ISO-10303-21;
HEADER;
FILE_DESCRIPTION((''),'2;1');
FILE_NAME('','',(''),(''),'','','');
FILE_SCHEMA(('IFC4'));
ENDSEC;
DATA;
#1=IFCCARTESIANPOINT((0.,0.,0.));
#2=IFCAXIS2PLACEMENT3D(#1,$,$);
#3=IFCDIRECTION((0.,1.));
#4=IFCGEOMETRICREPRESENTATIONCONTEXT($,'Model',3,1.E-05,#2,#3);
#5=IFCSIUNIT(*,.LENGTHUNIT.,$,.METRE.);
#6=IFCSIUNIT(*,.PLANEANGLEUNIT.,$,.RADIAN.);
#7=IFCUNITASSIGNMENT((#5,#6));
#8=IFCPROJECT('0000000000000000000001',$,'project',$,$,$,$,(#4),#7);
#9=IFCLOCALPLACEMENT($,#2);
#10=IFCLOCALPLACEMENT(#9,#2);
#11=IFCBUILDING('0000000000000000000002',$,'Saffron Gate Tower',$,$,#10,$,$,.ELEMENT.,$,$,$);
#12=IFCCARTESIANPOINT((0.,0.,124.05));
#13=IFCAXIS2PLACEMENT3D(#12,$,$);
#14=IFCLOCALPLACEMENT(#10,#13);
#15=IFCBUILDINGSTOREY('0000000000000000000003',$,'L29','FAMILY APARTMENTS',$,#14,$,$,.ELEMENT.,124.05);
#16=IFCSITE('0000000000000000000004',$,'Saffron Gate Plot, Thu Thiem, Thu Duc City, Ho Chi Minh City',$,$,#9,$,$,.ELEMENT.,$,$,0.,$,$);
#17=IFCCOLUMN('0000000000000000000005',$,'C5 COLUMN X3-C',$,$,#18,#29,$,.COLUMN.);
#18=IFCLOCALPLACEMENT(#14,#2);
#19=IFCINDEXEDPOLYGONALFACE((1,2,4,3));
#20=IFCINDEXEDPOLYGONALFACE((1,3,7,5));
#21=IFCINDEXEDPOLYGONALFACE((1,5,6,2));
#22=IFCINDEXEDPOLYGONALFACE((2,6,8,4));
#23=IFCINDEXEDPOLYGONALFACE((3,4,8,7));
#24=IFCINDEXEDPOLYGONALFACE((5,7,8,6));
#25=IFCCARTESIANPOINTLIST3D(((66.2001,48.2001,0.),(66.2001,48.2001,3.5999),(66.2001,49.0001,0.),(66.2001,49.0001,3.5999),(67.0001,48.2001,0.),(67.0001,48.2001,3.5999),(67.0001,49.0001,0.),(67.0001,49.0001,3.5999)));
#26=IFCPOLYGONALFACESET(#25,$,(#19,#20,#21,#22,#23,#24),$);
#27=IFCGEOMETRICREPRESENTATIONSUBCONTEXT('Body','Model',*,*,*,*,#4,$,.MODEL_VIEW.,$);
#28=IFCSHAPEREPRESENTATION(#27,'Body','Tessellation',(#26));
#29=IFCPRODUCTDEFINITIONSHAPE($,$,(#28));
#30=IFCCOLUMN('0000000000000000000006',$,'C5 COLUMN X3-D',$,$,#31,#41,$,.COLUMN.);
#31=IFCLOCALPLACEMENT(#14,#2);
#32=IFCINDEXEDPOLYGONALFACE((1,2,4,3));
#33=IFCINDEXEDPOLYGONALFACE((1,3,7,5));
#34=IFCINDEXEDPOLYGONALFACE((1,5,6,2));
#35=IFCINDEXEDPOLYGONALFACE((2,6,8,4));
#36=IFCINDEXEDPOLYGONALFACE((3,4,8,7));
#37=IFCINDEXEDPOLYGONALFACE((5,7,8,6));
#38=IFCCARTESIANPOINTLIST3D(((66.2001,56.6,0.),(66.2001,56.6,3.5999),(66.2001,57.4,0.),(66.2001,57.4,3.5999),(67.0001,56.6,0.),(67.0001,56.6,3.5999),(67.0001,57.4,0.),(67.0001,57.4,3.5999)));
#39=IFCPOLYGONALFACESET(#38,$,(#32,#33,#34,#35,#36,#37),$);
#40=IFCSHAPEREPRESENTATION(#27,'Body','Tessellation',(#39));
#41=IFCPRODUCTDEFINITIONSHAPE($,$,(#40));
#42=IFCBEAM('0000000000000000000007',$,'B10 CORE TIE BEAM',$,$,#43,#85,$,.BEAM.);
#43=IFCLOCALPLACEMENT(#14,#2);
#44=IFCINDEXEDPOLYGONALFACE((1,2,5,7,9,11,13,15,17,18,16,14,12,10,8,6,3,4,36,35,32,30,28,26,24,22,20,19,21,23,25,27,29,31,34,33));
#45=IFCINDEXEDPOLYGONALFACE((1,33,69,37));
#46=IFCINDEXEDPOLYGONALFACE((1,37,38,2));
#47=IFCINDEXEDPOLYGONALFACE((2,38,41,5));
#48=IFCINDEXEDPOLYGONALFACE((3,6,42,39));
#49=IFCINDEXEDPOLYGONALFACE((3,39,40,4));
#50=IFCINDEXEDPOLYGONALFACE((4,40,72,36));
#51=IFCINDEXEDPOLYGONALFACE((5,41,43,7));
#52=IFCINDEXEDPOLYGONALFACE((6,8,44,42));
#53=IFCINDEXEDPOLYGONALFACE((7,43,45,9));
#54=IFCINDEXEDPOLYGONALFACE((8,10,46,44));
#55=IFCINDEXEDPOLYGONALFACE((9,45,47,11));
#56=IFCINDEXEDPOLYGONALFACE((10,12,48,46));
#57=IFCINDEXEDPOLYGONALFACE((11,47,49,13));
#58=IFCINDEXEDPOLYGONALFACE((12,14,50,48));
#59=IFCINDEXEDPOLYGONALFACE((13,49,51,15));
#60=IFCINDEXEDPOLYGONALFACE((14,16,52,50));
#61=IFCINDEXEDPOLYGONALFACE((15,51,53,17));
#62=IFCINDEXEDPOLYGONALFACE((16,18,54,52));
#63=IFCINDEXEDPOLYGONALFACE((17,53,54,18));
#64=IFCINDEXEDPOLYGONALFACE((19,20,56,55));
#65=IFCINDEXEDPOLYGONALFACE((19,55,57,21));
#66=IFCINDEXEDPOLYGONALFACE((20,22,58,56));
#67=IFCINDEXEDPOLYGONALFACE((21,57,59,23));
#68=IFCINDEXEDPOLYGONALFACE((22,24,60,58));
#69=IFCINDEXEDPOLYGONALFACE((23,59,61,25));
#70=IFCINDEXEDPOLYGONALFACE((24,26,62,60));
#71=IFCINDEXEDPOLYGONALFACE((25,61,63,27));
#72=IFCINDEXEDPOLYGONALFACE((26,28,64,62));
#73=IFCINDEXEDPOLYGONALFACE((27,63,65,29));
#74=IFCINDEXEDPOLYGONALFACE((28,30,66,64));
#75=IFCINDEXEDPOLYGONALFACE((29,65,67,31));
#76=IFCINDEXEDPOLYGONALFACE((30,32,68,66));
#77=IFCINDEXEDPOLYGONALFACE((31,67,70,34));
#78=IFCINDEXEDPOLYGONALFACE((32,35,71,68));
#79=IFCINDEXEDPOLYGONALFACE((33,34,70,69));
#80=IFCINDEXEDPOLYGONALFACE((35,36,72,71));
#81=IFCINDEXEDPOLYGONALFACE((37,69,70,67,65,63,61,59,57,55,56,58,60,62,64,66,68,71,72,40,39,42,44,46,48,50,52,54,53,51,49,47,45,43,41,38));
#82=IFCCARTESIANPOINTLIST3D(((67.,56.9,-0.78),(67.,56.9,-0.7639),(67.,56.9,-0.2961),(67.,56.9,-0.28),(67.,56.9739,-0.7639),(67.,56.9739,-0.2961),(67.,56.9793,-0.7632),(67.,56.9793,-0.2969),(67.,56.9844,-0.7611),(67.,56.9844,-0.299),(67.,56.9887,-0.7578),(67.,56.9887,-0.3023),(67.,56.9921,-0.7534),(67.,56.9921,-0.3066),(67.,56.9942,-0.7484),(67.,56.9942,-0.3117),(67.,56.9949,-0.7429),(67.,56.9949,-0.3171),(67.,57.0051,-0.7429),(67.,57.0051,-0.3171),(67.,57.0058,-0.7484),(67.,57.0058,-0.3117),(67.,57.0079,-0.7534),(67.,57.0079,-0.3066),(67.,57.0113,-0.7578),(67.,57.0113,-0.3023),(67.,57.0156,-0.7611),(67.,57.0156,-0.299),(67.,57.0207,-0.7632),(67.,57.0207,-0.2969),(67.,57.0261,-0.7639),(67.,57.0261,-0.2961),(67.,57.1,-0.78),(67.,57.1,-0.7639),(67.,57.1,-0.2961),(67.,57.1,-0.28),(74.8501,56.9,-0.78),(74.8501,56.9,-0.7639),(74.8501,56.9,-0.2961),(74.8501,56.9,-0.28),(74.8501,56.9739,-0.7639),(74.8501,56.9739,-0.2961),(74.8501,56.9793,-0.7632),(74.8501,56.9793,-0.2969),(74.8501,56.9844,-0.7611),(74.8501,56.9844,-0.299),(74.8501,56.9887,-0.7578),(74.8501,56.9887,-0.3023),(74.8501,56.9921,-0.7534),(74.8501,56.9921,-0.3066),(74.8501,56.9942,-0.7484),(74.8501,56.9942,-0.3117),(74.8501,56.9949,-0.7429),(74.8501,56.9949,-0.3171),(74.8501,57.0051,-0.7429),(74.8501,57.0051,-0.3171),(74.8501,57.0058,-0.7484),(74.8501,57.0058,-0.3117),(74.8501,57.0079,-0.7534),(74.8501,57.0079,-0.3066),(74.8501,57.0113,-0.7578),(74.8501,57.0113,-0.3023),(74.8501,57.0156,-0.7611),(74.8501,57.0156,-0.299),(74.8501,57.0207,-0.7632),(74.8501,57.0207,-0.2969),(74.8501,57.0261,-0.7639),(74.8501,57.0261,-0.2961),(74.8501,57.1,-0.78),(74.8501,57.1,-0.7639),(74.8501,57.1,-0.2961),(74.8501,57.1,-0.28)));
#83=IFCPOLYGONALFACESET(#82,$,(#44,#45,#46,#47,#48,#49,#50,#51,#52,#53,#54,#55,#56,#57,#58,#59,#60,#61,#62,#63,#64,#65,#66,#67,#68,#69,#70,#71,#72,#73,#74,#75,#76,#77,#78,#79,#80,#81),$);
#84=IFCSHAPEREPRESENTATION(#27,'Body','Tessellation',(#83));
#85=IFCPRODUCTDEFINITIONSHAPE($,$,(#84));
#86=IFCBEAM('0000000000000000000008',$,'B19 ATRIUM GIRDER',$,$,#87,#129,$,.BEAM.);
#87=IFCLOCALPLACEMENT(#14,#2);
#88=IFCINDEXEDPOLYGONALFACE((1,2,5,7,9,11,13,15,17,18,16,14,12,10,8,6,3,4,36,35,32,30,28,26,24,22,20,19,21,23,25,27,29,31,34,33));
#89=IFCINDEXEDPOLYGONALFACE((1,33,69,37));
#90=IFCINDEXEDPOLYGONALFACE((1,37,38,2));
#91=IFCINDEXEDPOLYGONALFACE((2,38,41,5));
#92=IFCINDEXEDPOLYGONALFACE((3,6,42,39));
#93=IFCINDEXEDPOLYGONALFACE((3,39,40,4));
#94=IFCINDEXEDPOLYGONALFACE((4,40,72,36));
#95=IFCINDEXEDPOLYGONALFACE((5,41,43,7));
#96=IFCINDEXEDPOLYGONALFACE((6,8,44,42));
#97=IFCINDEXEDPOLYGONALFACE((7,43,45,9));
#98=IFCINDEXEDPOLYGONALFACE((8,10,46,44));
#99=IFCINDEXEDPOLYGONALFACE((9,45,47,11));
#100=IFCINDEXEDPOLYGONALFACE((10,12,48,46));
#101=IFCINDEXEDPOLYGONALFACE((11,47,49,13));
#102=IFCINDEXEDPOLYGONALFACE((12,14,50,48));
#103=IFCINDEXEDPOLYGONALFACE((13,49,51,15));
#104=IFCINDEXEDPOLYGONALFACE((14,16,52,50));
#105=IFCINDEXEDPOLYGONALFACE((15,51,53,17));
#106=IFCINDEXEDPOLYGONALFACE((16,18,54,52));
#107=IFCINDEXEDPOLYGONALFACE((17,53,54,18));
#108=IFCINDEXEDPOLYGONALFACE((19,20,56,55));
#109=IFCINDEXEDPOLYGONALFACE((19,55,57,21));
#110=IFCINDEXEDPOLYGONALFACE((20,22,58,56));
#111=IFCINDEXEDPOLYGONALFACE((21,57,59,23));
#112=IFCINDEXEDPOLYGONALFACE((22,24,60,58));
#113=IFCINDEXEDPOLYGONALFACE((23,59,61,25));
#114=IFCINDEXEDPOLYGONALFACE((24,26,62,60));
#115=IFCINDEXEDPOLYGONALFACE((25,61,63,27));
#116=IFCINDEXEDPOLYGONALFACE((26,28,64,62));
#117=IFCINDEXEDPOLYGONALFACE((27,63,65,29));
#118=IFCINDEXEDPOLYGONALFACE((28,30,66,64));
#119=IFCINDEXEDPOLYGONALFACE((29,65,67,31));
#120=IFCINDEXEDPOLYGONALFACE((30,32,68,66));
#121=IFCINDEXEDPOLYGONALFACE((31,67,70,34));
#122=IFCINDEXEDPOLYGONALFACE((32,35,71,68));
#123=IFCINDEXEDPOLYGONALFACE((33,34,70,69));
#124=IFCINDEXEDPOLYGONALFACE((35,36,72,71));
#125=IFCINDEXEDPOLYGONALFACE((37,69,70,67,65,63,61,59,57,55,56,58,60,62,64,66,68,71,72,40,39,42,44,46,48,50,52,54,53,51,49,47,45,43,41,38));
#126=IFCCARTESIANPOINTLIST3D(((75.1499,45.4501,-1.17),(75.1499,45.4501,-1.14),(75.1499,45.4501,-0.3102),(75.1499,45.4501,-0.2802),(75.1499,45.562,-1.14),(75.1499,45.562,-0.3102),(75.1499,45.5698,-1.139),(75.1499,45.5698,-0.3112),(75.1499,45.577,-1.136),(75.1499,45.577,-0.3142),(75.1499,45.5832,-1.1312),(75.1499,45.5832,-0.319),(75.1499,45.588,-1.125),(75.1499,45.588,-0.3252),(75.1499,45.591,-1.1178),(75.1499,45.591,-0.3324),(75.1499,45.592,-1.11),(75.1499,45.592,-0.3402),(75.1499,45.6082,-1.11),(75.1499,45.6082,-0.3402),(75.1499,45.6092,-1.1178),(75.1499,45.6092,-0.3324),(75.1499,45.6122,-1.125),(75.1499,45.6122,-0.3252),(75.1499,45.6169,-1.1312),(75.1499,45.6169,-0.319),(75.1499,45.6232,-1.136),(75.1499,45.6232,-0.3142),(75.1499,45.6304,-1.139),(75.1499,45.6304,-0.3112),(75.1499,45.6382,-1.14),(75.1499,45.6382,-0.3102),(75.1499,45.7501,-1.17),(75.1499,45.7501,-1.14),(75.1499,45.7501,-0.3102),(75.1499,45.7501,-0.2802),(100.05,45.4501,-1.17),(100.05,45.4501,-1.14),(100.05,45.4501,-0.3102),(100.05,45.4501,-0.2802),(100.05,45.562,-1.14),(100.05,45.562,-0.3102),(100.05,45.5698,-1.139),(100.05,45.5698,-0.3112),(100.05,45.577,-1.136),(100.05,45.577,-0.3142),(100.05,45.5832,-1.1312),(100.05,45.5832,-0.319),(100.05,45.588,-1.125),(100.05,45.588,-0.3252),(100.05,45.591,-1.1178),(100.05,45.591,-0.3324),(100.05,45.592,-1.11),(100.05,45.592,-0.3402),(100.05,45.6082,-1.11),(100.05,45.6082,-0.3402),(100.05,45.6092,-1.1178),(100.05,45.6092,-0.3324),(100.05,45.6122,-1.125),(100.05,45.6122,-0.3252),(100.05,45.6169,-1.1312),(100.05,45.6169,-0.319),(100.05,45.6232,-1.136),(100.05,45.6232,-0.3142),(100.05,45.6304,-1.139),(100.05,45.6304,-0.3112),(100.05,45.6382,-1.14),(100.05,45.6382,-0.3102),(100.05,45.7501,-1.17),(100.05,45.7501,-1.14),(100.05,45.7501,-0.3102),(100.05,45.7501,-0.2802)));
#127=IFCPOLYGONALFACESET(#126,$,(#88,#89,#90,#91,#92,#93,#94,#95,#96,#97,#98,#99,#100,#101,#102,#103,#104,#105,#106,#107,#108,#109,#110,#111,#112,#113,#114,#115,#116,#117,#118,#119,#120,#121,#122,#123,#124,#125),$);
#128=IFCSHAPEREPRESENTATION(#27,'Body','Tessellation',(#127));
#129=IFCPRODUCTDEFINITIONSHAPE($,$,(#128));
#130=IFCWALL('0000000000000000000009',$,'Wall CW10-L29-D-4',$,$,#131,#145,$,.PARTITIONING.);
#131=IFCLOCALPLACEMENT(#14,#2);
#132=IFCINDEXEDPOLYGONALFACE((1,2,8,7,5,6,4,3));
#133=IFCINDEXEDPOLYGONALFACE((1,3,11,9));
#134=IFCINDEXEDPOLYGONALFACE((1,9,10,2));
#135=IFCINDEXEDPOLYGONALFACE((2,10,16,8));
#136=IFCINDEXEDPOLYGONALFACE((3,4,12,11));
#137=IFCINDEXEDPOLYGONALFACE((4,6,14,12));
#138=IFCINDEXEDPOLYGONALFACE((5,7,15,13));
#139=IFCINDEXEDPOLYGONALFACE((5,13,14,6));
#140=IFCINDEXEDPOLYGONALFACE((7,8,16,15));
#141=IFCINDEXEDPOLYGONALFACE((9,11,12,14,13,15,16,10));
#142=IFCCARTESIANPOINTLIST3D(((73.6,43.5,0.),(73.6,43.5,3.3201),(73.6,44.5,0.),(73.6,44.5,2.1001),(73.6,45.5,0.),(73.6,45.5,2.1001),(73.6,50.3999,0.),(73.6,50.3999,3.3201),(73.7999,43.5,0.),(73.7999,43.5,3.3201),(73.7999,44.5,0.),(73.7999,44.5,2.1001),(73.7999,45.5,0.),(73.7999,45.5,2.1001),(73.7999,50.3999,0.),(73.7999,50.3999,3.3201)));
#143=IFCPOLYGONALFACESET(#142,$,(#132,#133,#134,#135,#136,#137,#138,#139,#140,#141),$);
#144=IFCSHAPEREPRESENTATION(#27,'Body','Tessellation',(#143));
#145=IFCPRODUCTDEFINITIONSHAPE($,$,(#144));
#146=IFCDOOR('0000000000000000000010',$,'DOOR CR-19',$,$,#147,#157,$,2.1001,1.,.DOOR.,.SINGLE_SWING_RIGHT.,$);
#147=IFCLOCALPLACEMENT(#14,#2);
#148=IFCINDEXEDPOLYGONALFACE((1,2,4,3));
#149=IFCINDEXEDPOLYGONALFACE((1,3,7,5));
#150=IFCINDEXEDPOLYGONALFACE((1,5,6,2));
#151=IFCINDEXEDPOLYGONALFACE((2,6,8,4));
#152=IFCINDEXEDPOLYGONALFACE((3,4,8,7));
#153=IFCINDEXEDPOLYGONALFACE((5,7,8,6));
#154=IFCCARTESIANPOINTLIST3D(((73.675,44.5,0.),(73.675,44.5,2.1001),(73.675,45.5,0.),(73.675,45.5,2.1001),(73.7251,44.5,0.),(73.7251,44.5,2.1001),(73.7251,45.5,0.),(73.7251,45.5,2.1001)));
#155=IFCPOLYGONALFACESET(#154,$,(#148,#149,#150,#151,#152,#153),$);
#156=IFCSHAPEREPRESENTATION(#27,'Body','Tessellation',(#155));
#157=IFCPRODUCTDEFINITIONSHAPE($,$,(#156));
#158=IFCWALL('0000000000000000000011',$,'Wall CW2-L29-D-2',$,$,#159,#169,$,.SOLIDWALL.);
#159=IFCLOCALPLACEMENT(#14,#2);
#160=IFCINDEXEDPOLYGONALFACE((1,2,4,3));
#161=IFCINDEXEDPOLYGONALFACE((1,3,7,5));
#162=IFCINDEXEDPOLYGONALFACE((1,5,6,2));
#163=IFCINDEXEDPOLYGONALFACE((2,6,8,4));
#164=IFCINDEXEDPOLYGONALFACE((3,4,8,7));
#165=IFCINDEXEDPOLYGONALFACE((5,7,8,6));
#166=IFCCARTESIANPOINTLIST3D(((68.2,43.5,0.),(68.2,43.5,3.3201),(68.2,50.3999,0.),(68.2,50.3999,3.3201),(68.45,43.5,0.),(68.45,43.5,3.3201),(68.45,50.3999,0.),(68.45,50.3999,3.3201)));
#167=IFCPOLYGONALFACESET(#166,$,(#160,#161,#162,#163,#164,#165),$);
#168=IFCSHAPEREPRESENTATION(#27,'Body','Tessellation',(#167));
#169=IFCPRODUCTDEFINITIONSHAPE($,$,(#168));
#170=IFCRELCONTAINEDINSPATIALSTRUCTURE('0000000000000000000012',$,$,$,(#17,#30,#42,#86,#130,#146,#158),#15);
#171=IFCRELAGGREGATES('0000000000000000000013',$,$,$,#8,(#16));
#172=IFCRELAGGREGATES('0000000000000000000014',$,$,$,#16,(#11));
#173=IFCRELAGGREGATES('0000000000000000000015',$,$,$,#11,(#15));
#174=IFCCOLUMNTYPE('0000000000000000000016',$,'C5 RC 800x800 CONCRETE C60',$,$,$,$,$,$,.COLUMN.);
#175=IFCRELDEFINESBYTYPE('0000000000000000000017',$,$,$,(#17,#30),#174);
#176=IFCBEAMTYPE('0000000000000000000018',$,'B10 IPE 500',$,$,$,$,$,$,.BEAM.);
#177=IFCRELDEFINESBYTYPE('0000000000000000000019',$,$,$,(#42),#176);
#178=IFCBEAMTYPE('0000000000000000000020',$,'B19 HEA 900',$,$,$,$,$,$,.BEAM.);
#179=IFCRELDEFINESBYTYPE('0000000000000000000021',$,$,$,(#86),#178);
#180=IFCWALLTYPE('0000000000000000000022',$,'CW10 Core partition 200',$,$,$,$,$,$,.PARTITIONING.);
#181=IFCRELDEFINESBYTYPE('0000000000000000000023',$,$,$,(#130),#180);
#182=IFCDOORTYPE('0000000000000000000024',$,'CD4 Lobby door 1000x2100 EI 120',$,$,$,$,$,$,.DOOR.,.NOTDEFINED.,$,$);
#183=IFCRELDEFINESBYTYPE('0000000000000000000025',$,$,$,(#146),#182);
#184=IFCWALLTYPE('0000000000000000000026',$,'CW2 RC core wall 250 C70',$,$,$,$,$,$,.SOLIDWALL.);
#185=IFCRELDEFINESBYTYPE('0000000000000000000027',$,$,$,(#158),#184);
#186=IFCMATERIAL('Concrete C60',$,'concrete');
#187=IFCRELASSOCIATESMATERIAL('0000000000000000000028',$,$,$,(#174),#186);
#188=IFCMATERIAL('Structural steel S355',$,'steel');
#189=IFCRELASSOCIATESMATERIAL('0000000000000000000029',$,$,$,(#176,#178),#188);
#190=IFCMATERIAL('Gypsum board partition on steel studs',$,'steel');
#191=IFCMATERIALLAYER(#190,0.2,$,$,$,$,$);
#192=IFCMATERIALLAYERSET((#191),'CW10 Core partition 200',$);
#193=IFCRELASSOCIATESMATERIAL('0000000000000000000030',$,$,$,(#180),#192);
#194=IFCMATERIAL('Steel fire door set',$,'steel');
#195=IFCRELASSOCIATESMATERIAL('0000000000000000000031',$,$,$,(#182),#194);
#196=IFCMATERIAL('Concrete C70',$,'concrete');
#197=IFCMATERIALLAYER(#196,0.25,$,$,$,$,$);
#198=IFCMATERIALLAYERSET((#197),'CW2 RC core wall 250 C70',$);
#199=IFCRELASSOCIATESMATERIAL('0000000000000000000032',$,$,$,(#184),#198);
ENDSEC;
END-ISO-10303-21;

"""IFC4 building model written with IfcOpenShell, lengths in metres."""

from ifc_helpers import new_model, si_unit, direction, frame, frame_2d, origin, origin_2d, place, context, subcontext, project, spatial, rectangle, i_section, extrude, material, layer, layer_set, material_profile, profile_set, type_object, element, fill, save


model = new_model("IFC4")

# Units and contexts
model_context = context("Model", 3, precision=1e-05, world=origin(), true_north=direction((0.0, 1.0)))
body_context = subcontext(model_context, "Body", "Model", "MODEL_VIEW")
ifc_project = project(units=[si_unit("LENGTHUNIT", "METRE"), si_unit("PLANEANGLEUNIT", "RADIAN")], contexts=[model_context])

# Site, building, storey
site_placement = place(None, origin())
site = spatial("IfcSite", under=ifc_project, at=site_placement, Name="Saffron Gate Plot, Thu Thiem, Thu Duc City, Ho Chi Minh City", CompositionType="ELEMENT", RefElevation=0.0)
building_placement = place(site_placement, origin())
building = spatial("IfcBuilding", under=site, at=building_placement, Name="Saffron Gate Tower", CompositionType="ELEMENT")
storey_placement = place(building_placement, frame((0.0, 0.0, 124.05)))
storey = spatial("IfcBuildingStorey", under=building, at=storey_placement, Name="L29", Description="FAMILY APARTMENTS", CompositionType="ELEMENT", Elevation=124.05)

# Columns
ifc_material_1 = material(Name="Concrete C60", Category="concrete")
ifc_material_profile_1 = material_profile(ifc_material_1, rectangle(XDim=0.8, YDim=0.8, at=origin_2d()))
ifc_profile_set_1 = profile_set([ifc_material_profile_1], Name="Concrete C60")
column_type = type_object("IfcColumnType", Name="C5 RC 800x800 CONCRETE C60", PredefinedType="COLUMN", material=ifc_profile_set_1)
for number, where, z_axis, x_axis, name in (
    (1, (66.6001, 48.6001, 0.0), (0.0, 0.0, 1.0), (1.0, 0.0, 0.0), "C5 COLUMN X3-C"),
    (2, (66.6001, 57.0, 0.0), (0.0, 0.0, 1.0), (1.0, 0.0, 0.0), "C5 COLUMN X3-D"),
):
    element("IfcColumn", number, at=place(storey_placement, frame(where, z_axis=z_axis, x_axis=x_axis)), inside=storey, type_object=column_type, Name=name, PredefinedType="COLUMN", context=body_context, shape_type="SweptSolid", body=[
        extrude(rectangle(XDim=0.8, YDim=0.8, at=origin_2d()), origin(), (0.0, 0.0, 1.0), 3.5999),
    ])

# Beams
ifc_material_2 = material(Name="Structural steel S355", Category="steel")
ifc_material_profile_2 = material_profile(ifc_material_2, i_section(OverallWidth=0.2, OverallDepth=0.5, WebThickness=0.0103, FlangeThickness=0.0161, FilletRadius=0.021, at=origin_2d()))
ifc_profile_set_2 = profile_set([ifc_material_profile_2], Name="Structural steel S355")
beam_type_1 = type_object("IfcBeamType", Name="B10 IPE 500", PredefinedType="BEAM", material=ifc_profile_set_2)
beam_1_placement = place(storey_placement, frame((67.0, 57.0, -0.53), z_axis=(1.0, 0.0, 0.0), x_axis=(0.0, 1.0, 0.0)))
element("IfcBeam", 3, at=beam_1_placement, inside=storey, type_object=beam_type_1, Name="B10 CORE TIE BEAM", PredefinedType="BEAM", context=body_context, shape_type="SweptSolid", body=[
    extrude(i_section(OverallWidth=0.2, OverallDepth=0.5, WebThickness=0.0103, FlangeThickness=0.0161, FilletRadius=0.021, at=origin_2d()), origin(), (0.0, 0.0, 1.0), 7.8501),
])
ifc_material_profile_3 = material_profile(ifc_material_2, i_section(OverallWidth=0.3, OverallDepth=0.8899, WebThickness=0.0161, FlangeThickness=0.03, FilletRadius=0.03, at=origin_2d()))
ifc_profile_set_3 = profile_set([ifc_material_profile_3], Name="Structural steel S355")
beam_type_2 = type_object("IfcBeamType", Name="B19 HEA 900", PredefinedType="BEAM", material=ifc_profile_set_3)
beam_2_placement = place(storey_placement, frame((75.1499, 45.6001, -0.7251), z_axis=(1.0, 0.0, 0.0), x_axis=(0.0, 1.0, 0.0)))
element("IfcBeam", 4, at=beam_2_placement, inside=storey, type_object=beam_type_2, Name="B19 ATRIUM GIRDER", PredefinedType="BEAM", context=body_context, shape_type="SweptSolid", body=[
    extrude(i_section(OverallWidth=0.3, OverallDepth=0.8899, WebThickness=0.0161, FlangeThickness=0.03, FilletRadius=0.03, at=origin_2d()), origin(), (0.0, 0.0, 1.0), 24.9001),
])

# Wall, opening, door
ifc_material_3 = material(Name="Gypsum board partition on steel studs", Category="steel")
ifc_layer_1 = layer(ifc_material_3, 0.2)
ifc_layer_set_1 = layer_set([ifc_layer_1], Name="CW10 Core partition 200")
wall_type_1 = type_object("IfcWallType", Name="CW10 Core partition 200", PredefinedType="PARTITIONING", material=ifc_layer_set_1)
wall_1_placement = place(storey_placement, frame((73.7, 43.5, 0.0), z_axis=(0.0, 0.0, 1.0), x_axis=(0.0, 1.0, 0.0)))
wall_1 = element("IfcWall", 5, at=wall_1_placement, inside=storey, type_object=wall_type_1, Name="Wall CW10-L29-D-4", PredefinedType="PARTITIONING", context=body_context, shape_type="SweptSolid", body=[
    extrude(rectangle(XDim=6.8999, YDim=0.2, at=frame_2d((3.45, 0.0))), origin(), (0.0, 0.0, 1.0), 3.3201),
])
opening_1_placement = place(wall_1_placement, frame((1.0, 0.0, 0.0)))
opening_1 = element("IfcOpeningElement", 6, at=opening_1_placement, cuts=wall_1, PredefinedType="OPENING", context=body_context, shape_type="SweptSolid", body=[
    extrude(rectangle(XDim=1.0, YDim=2.1001, at=frame_2d((0.5, 1.05))), frame((0.0, 0.1099, 0.0), z_axis=(0.0, -1.0, 0.0), x_axis=(1.0, 0.0, 0.0)), (0.0, 0.0, 1.0), 0.22),
])
ifc_material_4 = material(Name="Steel fire door set", Category="steel")
door_type_1 = type_object("IfcDoorType", Name="CD4 Lobby door 1000x2100 EI 120", OperationType="NOTDEFINED", PredefinedType="DOOR", material=ifc_material_4)
door_1_placement = place(opening_1_placement, origin())
door_1 = element("IfcDoor", 7, at=door_1_placement, inside=storey, type_object=door_type_1, Name="DOOR CR-19", OperationType="SINGLE_SWING_RIGHT", OverallHeight=2.1001, OverallWidth=1.0, PredefinedType="DOOR", context=body_context, shape_type="SweptSolid", body=[
    extrude(rectangle(XDim=1.0, YDim=2.1001, at=frame_2d((0.5, 1.05))), frame((0.0, 0.0249, 0.0), z_axis=(0.0, -1.0, 0.0), x_axis=(1.0, 0.0, 0.0)), (0.0, 0.0, 1.0), 0.05),
])
fill(opening_1, door_1)

# Wall
ifc_material_5 = material(Name="Concrete C70", Category="concrete")
ifc_layer_2 = layer(ifc_material_5, 0.25)
ifc_layer_set_2 = layer_set([ifc_layer_2], Name="CW2 RC core wall 250 C70")
wall_type_2 = type_object("IfcWallType", Name="CW2 RC core wall 250 C70", PredefinedType="SOLIDWALL", material=ifc_layer_set_2)
wall_2_placement = place(storey_placement, frame((68.325, 43.5, 0.0), z_axis=(0.0, 0.0, 1.0), x_axis=(0.0, 1.0, 0.0)))
element("IfcWall", 8, at=wall_2_placement, inside=storey, type_object=wall_type_2, Name="Wall CW2-L29-D-2", PredefinedType="SOLIDWALL", context=body_context, shape_type="SweptSolid", body=[
    extrude(rectangle(XDim=6.8999, YDim=0.25, at=frame_2d((3.45, 0.0))), origin(), (0.0, 0.0, 1.0), 3.3201),
])

save(model, "model.ifc")
